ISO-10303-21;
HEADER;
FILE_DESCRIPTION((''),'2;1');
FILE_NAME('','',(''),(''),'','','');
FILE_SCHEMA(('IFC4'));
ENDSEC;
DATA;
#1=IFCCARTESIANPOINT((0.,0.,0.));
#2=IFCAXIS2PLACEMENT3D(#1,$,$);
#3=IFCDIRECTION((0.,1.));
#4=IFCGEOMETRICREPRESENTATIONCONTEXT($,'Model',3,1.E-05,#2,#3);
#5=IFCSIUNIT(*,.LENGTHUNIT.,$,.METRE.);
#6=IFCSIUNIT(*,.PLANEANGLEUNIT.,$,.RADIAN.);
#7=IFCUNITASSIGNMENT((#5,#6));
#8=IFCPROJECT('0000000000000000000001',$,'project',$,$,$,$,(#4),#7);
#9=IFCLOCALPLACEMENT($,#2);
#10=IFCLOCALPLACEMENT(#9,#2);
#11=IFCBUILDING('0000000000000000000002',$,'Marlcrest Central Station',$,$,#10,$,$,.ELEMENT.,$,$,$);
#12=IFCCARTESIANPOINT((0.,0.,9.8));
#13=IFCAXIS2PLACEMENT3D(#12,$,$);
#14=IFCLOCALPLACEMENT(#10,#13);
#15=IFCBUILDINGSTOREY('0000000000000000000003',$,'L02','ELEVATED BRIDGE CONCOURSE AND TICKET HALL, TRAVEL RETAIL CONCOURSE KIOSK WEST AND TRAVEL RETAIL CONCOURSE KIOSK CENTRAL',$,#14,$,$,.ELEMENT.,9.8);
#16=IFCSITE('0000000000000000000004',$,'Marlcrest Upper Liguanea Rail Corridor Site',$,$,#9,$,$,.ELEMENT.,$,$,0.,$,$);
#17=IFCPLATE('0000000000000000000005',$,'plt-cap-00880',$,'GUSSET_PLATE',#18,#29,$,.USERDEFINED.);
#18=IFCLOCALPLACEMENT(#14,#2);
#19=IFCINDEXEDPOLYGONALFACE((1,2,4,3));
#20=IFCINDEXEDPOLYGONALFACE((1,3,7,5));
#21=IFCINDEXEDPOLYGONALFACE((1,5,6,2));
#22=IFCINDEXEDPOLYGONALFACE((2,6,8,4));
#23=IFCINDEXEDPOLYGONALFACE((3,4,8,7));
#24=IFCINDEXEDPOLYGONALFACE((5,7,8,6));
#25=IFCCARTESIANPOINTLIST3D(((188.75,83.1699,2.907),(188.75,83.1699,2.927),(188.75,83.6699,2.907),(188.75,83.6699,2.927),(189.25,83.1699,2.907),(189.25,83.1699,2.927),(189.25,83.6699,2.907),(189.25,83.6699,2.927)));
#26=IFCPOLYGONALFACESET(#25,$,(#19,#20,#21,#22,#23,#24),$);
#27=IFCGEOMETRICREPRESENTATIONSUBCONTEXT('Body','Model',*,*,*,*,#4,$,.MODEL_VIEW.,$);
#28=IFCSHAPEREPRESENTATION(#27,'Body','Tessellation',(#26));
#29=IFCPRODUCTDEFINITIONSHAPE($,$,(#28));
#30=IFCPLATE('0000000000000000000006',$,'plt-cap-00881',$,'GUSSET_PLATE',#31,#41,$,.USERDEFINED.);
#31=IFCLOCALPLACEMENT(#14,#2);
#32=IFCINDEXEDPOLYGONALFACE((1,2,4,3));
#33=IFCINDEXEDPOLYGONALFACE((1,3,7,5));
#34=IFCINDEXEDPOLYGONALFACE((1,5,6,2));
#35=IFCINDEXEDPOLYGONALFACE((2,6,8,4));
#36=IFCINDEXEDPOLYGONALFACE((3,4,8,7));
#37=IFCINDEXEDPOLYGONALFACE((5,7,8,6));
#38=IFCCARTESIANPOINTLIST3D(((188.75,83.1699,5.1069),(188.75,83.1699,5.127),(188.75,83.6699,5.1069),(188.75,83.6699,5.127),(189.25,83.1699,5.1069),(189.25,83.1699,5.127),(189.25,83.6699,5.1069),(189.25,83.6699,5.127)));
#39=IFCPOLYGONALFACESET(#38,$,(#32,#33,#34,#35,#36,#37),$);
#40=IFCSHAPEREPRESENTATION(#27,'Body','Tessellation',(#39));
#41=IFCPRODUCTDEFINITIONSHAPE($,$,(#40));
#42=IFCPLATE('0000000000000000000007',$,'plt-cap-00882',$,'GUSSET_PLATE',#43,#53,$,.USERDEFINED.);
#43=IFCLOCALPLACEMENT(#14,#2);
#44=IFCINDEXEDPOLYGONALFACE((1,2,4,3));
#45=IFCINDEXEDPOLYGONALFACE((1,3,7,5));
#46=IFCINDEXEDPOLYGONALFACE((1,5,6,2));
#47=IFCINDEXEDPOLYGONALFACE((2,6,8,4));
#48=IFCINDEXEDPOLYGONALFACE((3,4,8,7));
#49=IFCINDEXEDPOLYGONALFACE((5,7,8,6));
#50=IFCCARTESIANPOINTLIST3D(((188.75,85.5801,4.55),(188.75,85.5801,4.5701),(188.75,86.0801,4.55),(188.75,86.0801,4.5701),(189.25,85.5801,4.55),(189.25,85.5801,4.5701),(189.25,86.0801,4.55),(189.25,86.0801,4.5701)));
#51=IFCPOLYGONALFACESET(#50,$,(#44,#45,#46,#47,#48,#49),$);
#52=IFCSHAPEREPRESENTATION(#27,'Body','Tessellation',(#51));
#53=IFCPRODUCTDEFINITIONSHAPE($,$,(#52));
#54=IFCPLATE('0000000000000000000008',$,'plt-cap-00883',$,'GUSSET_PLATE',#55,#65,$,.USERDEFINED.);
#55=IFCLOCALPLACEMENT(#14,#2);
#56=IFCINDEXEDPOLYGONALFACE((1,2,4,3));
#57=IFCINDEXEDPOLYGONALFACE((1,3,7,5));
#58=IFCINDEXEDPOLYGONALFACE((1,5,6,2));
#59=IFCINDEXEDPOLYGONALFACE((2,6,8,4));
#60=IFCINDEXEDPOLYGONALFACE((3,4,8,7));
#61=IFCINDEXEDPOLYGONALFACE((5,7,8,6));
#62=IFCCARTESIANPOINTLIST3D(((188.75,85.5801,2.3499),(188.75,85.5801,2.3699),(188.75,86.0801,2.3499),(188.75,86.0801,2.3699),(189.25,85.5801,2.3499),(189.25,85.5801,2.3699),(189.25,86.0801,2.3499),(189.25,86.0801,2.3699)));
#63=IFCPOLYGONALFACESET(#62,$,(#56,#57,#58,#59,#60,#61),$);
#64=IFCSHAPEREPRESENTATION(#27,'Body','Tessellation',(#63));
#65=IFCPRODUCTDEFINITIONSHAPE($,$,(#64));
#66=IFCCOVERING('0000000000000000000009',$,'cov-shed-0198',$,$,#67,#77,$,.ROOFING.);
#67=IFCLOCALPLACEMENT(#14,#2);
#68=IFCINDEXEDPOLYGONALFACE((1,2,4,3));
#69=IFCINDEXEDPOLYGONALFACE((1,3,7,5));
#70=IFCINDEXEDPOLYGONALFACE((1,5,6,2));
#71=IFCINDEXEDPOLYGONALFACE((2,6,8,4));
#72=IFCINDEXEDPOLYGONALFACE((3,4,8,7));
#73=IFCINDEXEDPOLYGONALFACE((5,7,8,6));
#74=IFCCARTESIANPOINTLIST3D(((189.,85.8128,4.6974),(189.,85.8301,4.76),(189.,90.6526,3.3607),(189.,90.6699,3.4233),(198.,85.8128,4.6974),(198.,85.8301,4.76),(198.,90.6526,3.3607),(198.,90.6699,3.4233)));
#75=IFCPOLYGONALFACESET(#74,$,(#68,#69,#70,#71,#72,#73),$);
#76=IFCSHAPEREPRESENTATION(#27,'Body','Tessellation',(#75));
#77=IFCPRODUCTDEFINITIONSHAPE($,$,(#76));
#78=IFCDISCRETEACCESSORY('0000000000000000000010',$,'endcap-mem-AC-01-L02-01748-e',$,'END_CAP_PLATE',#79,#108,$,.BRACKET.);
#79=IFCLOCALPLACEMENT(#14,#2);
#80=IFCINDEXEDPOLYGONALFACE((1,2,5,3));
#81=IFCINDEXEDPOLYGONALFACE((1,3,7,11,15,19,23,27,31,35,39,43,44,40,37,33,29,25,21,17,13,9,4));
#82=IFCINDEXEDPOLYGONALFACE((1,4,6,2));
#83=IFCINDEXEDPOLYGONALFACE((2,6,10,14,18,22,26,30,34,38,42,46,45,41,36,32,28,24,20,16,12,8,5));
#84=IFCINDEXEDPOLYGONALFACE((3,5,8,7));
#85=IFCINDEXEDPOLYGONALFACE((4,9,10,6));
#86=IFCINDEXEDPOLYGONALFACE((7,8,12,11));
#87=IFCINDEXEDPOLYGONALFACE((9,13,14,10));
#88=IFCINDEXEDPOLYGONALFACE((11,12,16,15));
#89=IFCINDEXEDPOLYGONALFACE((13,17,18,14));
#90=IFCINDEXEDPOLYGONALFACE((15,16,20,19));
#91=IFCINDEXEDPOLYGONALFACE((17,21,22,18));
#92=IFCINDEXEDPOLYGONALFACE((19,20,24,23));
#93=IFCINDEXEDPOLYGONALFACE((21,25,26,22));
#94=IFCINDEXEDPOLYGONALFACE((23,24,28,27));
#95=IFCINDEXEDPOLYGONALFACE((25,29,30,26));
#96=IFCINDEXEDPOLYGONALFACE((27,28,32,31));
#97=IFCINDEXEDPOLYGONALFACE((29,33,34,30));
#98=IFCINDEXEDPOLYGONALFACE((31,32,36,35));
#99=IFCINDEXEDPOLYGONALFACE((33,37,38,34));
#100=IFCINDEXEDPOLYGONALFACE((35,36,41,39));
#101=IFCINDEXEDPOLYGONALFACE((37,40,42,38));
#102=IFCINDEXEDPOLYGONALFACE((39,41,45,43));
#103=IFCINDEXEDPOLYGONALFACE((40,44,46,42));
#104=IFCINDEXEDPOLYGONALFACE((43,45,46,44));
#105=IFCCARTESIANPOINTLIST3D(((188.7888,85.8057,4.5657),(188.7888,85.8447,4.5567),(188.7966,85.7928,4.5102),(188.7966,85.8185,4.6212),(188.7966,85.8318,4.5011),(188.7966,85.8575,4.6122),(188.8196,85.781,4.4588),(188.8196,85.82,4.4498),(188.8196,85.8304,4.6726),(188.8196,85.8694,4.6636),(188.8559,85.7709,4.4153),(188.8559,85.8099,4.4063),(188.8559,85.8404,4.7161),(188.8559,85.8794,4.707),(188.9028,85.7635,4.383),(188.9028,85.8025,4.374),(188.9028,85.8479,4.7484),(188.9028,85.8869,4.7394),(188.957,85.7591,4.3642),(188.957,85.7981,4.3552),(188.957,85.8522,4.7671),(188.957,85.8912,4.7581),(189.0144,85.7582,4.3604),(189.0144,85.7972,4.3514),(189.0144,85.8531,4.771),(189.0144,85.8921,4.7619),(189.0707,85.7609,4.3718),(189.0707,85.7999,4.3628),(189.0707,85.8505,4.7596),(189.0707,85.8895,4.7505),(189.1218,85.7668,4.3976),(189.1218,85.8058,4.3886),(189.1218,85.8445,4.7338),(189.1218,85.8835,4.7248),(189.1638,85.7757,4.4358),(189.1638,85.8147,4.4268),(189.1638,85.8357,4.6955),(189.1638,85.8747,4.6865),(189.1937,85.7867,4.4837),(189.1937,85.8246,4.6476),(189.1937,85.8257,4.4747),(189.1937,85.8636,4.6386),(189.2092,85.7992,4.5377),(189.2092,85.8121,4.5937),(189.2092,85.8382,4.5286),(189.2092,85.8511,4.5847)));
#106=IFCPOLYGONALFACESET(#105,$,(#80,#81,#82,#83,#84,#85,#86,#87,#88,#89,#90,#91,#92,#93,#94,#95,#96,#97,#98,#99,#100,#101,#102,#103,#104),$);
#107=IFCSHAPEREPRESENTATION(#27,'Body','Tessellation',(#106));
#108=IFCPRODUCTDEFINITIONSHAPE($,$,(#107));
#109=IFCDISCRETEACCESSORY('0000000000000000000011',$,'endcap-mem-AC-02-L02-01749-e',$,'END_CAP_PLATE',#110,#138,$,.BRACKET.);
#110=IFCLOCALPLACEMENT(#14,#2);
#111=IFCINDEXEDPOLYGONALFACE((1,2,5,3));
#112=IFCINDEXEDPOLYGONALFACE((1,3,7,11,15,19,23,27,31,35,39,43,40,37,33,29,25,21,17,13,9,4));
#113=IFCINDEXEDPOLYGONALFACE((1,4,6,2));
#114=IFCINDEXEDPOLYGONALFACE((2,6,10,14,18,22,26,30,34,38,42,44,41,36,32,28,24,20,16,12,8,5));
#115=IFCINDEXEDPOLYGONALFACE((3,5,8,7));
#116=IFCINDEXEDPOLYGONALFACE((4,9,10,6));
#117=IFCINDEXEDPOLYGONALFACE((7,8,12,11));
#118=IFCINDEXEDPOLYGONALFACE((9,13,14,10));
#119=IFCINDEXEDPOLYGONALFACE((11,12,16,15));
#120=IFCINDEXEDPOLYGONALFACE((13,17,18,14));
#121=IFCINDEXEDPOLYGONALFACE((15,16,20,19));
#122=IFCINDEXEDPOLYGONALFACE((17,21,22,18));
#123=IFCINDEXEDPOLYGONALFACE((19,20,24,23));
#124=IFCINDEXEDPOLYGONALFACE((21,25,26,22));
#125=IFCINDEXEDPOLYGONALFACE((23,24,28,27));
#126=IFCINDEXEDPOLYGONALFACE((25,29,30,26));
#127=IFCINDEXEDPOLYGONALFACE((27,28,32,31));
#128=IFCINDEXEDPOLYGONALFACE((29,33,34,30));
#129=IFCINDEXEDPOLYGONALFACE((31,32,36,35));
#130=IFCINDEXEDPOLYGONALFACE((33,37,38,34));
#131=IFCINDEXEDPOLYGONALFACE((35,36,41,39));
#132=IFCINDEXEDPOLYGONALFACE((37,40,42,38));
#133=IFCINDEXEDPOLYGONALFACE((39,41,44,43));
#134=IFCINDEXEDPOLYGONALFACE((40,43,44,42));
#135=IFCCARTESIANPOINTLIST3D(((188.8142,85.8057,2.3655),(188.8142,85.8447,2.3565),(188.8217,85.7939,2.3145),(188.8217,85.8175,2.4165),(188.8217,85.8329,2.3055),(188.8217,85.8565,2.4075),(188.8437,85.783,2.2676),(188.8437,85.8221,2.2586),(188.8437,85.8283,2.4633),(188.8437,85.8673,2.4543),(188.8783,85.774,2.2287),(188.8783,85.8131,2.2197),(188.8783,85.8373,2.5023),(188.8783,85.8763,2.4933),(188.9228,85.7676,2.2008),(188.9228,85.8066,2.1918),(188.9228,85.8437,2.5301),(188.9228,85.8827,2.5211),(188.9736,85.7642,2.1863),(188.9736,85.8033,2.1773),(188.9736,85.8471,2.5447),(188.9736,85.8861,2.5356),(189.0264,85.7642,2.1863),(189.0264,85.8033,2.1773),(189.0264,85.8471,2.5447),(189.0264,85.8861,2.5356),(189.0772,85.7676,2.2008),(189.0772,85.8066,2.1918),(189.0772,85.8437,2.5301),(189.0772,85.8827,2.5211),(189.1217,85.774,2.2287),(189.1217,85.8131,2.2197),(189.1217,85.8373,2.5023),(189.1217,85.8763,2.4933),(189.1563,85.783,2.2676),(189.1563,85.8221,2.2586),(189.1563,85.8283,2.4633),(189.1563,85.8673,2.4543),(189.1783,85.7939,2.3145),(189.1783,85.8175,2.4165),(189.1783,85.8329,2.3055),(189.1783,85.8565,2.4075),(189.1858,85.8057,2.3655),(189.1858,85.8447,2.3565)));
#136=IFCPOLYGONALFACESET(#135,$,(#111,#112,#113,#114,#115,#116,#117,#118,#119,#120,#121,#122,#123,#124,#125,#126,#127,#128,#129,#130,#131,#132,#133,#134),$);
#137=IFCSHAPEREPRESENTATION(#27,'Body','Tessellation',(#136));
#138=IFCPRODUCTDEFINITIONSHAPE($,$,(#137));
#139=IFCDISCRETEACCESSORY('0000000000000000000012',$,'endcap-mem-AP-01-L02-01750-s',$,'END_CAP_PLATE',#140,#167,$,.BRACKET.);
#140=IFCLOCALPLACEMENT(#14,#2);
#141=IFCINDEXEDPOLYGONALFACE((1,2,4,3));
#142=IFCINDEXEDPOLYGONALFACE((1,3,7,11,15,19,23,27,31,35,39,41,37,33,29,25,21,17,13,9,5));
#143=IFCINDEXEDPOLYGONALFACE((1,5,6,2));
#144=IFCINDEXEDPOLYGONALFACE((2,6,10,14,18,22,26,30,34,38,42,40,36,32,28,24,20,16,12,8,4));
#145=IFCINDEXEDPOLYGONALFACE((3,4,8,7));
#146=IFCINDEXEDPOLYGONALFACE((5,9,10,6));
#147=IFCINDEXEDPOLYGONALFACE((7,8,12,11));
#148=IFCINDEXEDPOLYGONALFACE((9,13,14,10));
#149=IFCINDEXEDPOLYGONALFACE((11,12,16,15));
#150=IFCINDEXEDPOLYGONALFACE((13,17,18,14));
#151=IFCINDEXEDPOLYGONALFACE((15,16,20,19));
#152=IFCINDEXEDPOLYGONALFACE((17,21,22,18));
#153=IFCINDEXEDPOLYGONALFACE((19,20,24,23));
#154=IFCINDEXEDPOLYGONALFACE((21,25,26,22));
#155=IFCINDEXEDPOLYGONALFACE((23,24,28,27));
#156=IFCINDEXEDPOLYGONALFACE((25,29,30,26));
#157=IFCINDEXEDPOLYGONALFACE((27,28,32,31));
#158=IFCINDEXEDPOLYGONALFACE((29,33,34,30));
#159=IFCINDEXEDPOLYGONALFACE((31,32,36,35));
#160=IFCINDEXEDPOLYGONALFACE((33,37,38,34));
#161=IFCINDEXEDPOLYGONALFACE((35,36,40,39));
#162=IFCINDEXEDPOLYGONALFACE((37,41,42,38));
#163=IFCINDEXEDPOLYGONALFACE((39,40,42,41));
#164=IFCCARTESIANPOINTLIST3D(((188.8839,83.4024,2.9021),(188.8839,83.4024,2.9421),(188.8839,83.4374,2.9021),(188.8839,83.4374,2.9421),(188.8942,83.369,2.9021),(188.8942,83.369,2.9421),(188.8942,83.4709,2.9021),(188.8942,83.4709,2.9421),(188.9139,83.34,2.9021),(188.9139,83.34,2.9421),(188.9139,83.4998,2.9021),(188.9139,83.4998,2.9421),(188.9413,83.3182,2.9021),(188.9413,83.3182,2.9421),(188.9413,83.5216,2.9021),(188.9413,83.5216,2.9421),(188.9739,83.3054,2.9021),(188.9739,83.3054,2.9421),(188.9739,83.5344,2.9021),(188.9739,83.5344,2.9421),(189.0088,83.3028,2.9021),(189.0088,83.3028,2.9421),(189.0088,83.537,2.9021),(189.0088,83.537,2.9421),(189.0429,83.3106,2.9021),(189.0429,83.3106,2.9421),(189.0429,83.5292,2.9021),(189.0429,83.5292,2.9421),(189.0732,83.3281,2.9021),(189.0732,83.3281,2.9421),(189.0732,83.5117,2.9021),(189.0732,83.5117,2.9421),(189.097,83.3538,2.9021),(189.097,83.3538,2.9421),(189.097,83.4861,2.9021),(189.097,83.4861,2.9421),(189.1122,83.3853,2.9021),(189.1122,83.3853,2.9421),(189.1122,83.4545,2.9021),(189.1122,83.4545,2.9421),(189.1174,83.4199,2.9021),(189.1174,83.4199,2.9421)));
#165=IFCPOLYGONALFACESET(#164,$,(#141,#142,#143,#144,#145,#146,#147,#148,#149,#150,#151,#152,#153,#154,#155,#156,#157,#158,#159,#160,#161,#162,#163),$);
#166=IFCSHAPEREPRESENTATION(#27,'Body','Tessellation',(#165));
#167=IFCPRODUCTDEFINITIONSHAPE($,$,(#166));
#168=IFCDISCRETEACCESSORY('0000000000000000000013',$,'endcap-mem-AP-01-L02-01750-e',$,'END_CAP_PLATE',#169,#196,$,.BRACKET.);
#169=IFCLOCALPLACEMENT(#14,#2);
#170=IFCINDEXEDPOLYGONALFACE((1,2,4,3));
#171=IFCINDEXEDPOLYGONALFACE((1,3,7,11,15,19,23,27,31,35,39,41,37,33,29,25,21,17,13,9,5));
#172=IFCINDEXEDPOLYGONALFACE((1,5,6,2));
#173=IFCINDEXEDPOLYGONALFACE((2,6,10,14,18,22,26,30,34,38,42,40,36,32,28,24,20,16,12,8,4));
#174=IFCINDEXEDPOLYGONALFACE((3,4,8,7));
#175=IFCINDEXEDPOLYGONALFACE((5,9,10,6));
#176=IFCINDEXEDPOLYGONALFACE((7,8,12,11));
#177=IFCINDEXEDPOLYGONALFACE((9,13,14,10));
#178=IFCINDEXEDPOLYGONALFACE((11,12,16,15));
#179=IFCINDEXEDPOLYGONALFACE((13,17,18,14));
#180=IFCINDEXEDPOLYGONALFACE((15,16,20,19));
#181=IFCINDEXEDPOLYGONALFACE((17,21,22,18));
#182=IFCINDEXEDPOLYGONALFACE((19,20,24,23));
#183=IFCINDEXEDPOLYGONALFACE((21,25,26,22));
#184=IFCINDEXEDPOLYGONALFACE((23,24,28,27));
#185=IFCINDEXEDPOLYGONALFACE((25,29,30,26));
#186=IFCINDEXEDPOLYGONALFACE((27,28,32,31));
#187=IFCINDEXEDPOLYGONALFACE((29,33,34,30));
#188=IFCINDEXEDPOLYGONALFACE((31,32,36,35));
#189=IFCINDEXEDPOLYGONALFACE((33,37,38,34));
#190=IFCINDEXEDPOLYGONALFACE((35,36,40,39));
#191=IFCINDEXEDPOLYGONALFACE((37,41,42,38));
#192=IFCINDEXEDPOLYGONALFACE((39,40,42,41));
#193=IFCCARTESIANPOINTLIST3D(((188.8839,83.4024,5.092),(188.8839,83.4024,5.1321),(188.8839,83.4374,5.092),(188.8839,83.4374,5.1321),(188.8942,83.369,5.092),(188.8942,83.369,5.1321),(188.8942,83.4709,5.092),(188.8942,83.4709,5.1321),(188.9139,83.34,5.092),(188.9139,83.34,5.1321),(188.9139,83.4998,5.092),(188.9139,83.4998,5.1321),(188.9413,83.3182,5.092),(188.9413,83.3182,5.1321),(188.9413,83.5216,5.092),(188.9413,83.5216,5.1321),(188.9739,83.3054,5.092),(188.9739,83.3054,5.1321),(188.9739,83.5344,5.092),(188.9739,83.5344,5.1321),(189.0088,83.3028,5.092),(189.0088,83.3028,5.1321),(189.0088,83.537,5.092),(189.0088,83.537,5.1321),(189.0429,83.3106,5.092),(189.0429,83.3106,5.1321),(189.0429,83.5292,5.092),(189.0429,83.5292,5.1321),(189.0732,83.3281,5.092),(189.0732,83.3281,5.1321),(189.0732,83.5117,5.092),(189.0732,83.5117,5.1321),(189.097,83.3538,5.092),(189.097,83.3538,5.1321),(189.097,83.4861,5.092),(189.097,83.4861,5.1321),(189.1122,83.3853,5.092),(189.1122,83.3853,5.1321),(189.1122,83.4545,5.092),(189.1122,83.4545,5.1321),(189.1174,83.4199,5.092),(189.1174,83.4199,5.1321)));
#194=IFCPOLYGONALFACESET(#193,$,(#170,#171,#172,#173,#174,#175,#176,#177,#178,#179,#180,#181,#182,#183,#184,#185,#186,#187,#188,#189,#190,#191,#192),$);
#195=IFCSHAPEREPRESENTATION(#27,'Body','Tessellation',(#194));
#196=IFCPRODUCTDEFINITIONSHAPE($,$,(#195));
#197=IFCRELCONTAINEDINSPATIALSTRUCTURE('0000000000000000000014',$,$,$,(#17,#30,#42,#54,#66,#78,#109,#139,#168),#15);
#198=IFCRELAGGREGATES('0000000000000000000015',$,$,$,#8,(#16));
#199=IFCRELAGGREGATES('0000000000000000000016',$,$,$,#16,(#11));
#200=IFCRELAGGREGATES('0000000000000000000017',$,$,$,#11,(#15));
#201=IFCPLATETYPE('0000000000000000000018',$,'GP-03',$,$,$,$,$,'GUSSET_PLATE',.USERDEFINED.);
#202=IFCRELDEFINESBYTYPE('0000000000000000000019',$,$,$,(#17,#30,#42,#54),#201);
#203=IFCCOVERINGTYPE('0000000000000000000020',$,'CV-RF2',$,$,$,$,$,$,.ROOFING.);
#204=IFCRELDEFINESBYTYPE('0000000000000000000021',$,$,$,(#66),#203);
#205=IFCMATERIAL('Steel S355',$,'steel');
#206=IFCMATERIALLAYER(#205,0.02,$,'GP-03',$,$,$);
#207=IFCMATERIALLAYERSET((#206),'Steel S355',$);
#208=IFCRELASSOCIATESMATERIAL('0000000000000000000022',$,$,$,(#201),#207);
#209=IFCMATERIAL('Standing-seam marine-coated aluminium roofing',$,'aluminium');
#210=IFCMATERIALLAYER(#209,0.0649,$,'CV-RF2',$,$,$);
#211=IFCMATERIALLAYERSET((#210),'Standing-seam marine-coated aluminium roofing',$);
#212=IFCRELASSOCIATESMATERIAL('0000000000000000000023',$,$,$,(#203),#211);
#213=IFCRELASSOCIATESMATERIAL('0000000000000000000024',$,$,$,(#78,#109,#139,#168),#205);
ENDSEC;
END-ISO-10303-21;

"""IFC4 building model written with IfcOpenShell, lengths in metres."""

from ifc_helpers import new_model, si_unit, direction, frame, origin, origin_2d, place, context, subcontext, project, spatial, polyline, rectangle, circle, outline, extrude, material, layer, layer_set, type_object, element, save


model = new_model("IFC4")

# Units and contexts
model_context = context("Model", 3, precision=1e-05, world=origin(), true_north=direction((0.0, 1.0)))
body_context = subcontext(model_context, "Body", "Model", "MODEL_VIEW")
ifc_project = project(units=[si_unit("LENGTHUNIT", "METRE"), si_unit("PLANEANGLEUNIT", "RADIAN")], contexts=[model_context])

# Site, building, storey
site_placement = place(None, origin())
site = spatial("IfcSite", under=ifc_project, at=site_placement, Name="Marlcrest Upper Liguanea Rail Corridor Site", CompositionType="ELEMENT", RefElevation=0.0)
building_placement = place(site_placement, origin())
building = spatial("IfcBuilding", under=site, at=building_placement, Name="Marlcrest Central Station", CompositionType="ELEMENT")
storey_placement = place(building_placement, frame((0.0, 0.0, 9.8)))
storey = spatial("IfcBuildingStorey", under=building, at=storey_placement, Name="L02", Description="ELEVATED BRIDGE CONCOURSE AND TICKET HALL, TRAVEL RETAIL CONCOURSE KIOSK WEST AND TRAVEL RETAIL CONCOURSE KIOSK CENTRAL", CompositionType="ELEMENT", Elevation=9.8)

# Shared definitions
ifc_material_1 = material(Name="Steel S355", Category="steel")

# Plates
ifc_layer_1 = layer(ifc_material_1, 0.02, Name="GP-03")
ifc_layer_set_1 = layer_set([ifc_layer_1], Name="Steel S355")
plate_type = type_object("IfcPlateType", Name="GP-03", ElementType="GUSSET_PLATE", PredefinedType="USERDEFINED", material=ifc_layer_set_1)
for number, where, z_axis, x_axis, name in (
    (1, (189.0, 83.4199, 2.907), (0.0, 0.0, 1.0), (1.0, 0.0, 0.0), "plt-cap-00880"),
    (2, (189.0, 83.4199, 5.1069), (0.0, 0.0, 1.0), (1.0, 0.0, 0.0), "plt-cap-00881"),
    (3, (189.0, 85.8301, 4.55), (0.0, 0.0, 1.0), (1.0, 0.0, 0.0), "plt-cap-00882"),
    (4, (189.0, 85.8301, 2.3499), (0.0, 0.0, 1.0), (1.0, 0.0, 0.0), "plt-cap-00883"),
):
    element("IfcPlate", number, at=place(storey_placement, frame(where, z_axis=z_axis, x_axis=x_axis)), inside=storey, type_object=plate_type, Name=name, ObjectType="GUSSET_PLATE", PredefinedType="USERDEFINED", context=body_context, shape_type="SweptSolid", body=[
        extrude(rectangle(XDim=0.5, YDim=0.5, at=origin_2d()), origin(), (0.0, 0.0, 1.0), 0.02),
    ])

# Covering
ifc_material_2 = material(Name="Standing-seam marine-coated aluminium roofing", Category="aluminium")
ifc_layer_2 = layer(ifc_material_2, 0.0649, Name="CV-RF2")
ifc_layer_set_2 = layer_set([ifc_layer_2], Name="Standing-seam marine-coated aluminium roofing")
covering_type = type_object("IfcCoveringType", Name="CV-RF2", PredefinedType="ROOFING", material=ifc_layer_set_2)
covering_placement = place(storey_placement, frame((189.0, 85.8301, 4.76), z_axis=(0.0, 0.266214, 0.963914), x_axis=(1.0, 0.0, 0.0)))
element("IfcCovering", 5, at=covering_placement, inside=storey, type_object=covering_type, Name="cov-shed-0198", PredefinedType="ROOFING", context=body_context, shape_type="SweptSolid", body=[
    extrude(outline(polyline([(0.0, 0.0), (9.0, 0.0), (9.0, 5.021), (0.0, 5.021), (0.0, 0.0)])), origin(), (0.0, 0.0, -1.0), 0.0649),
])

# Discrete accessories
discrete_accessory_1_placement = place(storey_placement, frame((189.0, 85.8057, 4.5657), z_axis=(0.0, 0.97433, -0.225126), x_axis=(-1.0, 0.0, 0.0)))
element("IfcDiscreteAccessory", 6, at=discrete_accessory_1_placement, inside=storey, material=ifc_material_1, Name="endcap-mem-AC-01-L02-01748-e", ObjectType="END_CAP_PLATE", PredefinedType="BRACKET", context=body_context, shape_type="SweptSolid", body=[
    extrude(circle(Radius=0.2112, at=origin_2d()), origin(), (0.0, 0.0, 1.0), 0.04),
])
discrete_accessory_2_placement = place(storey_placement, frame((189.0, 85.8057, 2.3655), z_axis=(0.0, 0.974308, -0.22522), x_axis=(-1.0, 0.0, 0.0)))
element("IfcDiscreteAccessory", 7, at=discrete_accessory_2_placement, inside=storey, material=ifc_material_1, Name="endcap-mem-AC-02-L02-01749-e", ObjectType="END_CAP_PLATE", PredefinedType="BRACKET", context=body_context, shape_type="SweptSolid", body=[
    extrude(circle(Radius=0.1858, at=origin_2d()), origin(), (0.0, 0.0, 1.0), 0.04),
])
for number, where, z_axis, x_axis, name in (
    (8, (189.0, 83.4199, 2.9021), (0.0, 0.0, 1.0), (1.0, 0.0, 0.0), "endcap-mem-AP-01-L02-01750-s"),
    (9, (189.0, 83.4199, 5.092), (0.0, 0.0, 1.0), (1.0, 0.0, 0.0), "endcap-mem-AP-01-L02-01750-e"),
):
    element("IfcDiscreteAccessory", number, at=place(storey_placement, frame(where, z_axis=z_axis, x_axis=x_axis)), inside=storey, material=ifc_material_1, Name=name, ObjectType="END_CAP_PLATE", PredefinedType="BRACKET", context=body_context, shape_type="SweptSolid", body=[
        extrude(circle(Radius=0.1174, at=origin_2d()), origin(), (0.0, 0.0, 1.0), 0.04),
    ])

save(model, "model.ifc")
